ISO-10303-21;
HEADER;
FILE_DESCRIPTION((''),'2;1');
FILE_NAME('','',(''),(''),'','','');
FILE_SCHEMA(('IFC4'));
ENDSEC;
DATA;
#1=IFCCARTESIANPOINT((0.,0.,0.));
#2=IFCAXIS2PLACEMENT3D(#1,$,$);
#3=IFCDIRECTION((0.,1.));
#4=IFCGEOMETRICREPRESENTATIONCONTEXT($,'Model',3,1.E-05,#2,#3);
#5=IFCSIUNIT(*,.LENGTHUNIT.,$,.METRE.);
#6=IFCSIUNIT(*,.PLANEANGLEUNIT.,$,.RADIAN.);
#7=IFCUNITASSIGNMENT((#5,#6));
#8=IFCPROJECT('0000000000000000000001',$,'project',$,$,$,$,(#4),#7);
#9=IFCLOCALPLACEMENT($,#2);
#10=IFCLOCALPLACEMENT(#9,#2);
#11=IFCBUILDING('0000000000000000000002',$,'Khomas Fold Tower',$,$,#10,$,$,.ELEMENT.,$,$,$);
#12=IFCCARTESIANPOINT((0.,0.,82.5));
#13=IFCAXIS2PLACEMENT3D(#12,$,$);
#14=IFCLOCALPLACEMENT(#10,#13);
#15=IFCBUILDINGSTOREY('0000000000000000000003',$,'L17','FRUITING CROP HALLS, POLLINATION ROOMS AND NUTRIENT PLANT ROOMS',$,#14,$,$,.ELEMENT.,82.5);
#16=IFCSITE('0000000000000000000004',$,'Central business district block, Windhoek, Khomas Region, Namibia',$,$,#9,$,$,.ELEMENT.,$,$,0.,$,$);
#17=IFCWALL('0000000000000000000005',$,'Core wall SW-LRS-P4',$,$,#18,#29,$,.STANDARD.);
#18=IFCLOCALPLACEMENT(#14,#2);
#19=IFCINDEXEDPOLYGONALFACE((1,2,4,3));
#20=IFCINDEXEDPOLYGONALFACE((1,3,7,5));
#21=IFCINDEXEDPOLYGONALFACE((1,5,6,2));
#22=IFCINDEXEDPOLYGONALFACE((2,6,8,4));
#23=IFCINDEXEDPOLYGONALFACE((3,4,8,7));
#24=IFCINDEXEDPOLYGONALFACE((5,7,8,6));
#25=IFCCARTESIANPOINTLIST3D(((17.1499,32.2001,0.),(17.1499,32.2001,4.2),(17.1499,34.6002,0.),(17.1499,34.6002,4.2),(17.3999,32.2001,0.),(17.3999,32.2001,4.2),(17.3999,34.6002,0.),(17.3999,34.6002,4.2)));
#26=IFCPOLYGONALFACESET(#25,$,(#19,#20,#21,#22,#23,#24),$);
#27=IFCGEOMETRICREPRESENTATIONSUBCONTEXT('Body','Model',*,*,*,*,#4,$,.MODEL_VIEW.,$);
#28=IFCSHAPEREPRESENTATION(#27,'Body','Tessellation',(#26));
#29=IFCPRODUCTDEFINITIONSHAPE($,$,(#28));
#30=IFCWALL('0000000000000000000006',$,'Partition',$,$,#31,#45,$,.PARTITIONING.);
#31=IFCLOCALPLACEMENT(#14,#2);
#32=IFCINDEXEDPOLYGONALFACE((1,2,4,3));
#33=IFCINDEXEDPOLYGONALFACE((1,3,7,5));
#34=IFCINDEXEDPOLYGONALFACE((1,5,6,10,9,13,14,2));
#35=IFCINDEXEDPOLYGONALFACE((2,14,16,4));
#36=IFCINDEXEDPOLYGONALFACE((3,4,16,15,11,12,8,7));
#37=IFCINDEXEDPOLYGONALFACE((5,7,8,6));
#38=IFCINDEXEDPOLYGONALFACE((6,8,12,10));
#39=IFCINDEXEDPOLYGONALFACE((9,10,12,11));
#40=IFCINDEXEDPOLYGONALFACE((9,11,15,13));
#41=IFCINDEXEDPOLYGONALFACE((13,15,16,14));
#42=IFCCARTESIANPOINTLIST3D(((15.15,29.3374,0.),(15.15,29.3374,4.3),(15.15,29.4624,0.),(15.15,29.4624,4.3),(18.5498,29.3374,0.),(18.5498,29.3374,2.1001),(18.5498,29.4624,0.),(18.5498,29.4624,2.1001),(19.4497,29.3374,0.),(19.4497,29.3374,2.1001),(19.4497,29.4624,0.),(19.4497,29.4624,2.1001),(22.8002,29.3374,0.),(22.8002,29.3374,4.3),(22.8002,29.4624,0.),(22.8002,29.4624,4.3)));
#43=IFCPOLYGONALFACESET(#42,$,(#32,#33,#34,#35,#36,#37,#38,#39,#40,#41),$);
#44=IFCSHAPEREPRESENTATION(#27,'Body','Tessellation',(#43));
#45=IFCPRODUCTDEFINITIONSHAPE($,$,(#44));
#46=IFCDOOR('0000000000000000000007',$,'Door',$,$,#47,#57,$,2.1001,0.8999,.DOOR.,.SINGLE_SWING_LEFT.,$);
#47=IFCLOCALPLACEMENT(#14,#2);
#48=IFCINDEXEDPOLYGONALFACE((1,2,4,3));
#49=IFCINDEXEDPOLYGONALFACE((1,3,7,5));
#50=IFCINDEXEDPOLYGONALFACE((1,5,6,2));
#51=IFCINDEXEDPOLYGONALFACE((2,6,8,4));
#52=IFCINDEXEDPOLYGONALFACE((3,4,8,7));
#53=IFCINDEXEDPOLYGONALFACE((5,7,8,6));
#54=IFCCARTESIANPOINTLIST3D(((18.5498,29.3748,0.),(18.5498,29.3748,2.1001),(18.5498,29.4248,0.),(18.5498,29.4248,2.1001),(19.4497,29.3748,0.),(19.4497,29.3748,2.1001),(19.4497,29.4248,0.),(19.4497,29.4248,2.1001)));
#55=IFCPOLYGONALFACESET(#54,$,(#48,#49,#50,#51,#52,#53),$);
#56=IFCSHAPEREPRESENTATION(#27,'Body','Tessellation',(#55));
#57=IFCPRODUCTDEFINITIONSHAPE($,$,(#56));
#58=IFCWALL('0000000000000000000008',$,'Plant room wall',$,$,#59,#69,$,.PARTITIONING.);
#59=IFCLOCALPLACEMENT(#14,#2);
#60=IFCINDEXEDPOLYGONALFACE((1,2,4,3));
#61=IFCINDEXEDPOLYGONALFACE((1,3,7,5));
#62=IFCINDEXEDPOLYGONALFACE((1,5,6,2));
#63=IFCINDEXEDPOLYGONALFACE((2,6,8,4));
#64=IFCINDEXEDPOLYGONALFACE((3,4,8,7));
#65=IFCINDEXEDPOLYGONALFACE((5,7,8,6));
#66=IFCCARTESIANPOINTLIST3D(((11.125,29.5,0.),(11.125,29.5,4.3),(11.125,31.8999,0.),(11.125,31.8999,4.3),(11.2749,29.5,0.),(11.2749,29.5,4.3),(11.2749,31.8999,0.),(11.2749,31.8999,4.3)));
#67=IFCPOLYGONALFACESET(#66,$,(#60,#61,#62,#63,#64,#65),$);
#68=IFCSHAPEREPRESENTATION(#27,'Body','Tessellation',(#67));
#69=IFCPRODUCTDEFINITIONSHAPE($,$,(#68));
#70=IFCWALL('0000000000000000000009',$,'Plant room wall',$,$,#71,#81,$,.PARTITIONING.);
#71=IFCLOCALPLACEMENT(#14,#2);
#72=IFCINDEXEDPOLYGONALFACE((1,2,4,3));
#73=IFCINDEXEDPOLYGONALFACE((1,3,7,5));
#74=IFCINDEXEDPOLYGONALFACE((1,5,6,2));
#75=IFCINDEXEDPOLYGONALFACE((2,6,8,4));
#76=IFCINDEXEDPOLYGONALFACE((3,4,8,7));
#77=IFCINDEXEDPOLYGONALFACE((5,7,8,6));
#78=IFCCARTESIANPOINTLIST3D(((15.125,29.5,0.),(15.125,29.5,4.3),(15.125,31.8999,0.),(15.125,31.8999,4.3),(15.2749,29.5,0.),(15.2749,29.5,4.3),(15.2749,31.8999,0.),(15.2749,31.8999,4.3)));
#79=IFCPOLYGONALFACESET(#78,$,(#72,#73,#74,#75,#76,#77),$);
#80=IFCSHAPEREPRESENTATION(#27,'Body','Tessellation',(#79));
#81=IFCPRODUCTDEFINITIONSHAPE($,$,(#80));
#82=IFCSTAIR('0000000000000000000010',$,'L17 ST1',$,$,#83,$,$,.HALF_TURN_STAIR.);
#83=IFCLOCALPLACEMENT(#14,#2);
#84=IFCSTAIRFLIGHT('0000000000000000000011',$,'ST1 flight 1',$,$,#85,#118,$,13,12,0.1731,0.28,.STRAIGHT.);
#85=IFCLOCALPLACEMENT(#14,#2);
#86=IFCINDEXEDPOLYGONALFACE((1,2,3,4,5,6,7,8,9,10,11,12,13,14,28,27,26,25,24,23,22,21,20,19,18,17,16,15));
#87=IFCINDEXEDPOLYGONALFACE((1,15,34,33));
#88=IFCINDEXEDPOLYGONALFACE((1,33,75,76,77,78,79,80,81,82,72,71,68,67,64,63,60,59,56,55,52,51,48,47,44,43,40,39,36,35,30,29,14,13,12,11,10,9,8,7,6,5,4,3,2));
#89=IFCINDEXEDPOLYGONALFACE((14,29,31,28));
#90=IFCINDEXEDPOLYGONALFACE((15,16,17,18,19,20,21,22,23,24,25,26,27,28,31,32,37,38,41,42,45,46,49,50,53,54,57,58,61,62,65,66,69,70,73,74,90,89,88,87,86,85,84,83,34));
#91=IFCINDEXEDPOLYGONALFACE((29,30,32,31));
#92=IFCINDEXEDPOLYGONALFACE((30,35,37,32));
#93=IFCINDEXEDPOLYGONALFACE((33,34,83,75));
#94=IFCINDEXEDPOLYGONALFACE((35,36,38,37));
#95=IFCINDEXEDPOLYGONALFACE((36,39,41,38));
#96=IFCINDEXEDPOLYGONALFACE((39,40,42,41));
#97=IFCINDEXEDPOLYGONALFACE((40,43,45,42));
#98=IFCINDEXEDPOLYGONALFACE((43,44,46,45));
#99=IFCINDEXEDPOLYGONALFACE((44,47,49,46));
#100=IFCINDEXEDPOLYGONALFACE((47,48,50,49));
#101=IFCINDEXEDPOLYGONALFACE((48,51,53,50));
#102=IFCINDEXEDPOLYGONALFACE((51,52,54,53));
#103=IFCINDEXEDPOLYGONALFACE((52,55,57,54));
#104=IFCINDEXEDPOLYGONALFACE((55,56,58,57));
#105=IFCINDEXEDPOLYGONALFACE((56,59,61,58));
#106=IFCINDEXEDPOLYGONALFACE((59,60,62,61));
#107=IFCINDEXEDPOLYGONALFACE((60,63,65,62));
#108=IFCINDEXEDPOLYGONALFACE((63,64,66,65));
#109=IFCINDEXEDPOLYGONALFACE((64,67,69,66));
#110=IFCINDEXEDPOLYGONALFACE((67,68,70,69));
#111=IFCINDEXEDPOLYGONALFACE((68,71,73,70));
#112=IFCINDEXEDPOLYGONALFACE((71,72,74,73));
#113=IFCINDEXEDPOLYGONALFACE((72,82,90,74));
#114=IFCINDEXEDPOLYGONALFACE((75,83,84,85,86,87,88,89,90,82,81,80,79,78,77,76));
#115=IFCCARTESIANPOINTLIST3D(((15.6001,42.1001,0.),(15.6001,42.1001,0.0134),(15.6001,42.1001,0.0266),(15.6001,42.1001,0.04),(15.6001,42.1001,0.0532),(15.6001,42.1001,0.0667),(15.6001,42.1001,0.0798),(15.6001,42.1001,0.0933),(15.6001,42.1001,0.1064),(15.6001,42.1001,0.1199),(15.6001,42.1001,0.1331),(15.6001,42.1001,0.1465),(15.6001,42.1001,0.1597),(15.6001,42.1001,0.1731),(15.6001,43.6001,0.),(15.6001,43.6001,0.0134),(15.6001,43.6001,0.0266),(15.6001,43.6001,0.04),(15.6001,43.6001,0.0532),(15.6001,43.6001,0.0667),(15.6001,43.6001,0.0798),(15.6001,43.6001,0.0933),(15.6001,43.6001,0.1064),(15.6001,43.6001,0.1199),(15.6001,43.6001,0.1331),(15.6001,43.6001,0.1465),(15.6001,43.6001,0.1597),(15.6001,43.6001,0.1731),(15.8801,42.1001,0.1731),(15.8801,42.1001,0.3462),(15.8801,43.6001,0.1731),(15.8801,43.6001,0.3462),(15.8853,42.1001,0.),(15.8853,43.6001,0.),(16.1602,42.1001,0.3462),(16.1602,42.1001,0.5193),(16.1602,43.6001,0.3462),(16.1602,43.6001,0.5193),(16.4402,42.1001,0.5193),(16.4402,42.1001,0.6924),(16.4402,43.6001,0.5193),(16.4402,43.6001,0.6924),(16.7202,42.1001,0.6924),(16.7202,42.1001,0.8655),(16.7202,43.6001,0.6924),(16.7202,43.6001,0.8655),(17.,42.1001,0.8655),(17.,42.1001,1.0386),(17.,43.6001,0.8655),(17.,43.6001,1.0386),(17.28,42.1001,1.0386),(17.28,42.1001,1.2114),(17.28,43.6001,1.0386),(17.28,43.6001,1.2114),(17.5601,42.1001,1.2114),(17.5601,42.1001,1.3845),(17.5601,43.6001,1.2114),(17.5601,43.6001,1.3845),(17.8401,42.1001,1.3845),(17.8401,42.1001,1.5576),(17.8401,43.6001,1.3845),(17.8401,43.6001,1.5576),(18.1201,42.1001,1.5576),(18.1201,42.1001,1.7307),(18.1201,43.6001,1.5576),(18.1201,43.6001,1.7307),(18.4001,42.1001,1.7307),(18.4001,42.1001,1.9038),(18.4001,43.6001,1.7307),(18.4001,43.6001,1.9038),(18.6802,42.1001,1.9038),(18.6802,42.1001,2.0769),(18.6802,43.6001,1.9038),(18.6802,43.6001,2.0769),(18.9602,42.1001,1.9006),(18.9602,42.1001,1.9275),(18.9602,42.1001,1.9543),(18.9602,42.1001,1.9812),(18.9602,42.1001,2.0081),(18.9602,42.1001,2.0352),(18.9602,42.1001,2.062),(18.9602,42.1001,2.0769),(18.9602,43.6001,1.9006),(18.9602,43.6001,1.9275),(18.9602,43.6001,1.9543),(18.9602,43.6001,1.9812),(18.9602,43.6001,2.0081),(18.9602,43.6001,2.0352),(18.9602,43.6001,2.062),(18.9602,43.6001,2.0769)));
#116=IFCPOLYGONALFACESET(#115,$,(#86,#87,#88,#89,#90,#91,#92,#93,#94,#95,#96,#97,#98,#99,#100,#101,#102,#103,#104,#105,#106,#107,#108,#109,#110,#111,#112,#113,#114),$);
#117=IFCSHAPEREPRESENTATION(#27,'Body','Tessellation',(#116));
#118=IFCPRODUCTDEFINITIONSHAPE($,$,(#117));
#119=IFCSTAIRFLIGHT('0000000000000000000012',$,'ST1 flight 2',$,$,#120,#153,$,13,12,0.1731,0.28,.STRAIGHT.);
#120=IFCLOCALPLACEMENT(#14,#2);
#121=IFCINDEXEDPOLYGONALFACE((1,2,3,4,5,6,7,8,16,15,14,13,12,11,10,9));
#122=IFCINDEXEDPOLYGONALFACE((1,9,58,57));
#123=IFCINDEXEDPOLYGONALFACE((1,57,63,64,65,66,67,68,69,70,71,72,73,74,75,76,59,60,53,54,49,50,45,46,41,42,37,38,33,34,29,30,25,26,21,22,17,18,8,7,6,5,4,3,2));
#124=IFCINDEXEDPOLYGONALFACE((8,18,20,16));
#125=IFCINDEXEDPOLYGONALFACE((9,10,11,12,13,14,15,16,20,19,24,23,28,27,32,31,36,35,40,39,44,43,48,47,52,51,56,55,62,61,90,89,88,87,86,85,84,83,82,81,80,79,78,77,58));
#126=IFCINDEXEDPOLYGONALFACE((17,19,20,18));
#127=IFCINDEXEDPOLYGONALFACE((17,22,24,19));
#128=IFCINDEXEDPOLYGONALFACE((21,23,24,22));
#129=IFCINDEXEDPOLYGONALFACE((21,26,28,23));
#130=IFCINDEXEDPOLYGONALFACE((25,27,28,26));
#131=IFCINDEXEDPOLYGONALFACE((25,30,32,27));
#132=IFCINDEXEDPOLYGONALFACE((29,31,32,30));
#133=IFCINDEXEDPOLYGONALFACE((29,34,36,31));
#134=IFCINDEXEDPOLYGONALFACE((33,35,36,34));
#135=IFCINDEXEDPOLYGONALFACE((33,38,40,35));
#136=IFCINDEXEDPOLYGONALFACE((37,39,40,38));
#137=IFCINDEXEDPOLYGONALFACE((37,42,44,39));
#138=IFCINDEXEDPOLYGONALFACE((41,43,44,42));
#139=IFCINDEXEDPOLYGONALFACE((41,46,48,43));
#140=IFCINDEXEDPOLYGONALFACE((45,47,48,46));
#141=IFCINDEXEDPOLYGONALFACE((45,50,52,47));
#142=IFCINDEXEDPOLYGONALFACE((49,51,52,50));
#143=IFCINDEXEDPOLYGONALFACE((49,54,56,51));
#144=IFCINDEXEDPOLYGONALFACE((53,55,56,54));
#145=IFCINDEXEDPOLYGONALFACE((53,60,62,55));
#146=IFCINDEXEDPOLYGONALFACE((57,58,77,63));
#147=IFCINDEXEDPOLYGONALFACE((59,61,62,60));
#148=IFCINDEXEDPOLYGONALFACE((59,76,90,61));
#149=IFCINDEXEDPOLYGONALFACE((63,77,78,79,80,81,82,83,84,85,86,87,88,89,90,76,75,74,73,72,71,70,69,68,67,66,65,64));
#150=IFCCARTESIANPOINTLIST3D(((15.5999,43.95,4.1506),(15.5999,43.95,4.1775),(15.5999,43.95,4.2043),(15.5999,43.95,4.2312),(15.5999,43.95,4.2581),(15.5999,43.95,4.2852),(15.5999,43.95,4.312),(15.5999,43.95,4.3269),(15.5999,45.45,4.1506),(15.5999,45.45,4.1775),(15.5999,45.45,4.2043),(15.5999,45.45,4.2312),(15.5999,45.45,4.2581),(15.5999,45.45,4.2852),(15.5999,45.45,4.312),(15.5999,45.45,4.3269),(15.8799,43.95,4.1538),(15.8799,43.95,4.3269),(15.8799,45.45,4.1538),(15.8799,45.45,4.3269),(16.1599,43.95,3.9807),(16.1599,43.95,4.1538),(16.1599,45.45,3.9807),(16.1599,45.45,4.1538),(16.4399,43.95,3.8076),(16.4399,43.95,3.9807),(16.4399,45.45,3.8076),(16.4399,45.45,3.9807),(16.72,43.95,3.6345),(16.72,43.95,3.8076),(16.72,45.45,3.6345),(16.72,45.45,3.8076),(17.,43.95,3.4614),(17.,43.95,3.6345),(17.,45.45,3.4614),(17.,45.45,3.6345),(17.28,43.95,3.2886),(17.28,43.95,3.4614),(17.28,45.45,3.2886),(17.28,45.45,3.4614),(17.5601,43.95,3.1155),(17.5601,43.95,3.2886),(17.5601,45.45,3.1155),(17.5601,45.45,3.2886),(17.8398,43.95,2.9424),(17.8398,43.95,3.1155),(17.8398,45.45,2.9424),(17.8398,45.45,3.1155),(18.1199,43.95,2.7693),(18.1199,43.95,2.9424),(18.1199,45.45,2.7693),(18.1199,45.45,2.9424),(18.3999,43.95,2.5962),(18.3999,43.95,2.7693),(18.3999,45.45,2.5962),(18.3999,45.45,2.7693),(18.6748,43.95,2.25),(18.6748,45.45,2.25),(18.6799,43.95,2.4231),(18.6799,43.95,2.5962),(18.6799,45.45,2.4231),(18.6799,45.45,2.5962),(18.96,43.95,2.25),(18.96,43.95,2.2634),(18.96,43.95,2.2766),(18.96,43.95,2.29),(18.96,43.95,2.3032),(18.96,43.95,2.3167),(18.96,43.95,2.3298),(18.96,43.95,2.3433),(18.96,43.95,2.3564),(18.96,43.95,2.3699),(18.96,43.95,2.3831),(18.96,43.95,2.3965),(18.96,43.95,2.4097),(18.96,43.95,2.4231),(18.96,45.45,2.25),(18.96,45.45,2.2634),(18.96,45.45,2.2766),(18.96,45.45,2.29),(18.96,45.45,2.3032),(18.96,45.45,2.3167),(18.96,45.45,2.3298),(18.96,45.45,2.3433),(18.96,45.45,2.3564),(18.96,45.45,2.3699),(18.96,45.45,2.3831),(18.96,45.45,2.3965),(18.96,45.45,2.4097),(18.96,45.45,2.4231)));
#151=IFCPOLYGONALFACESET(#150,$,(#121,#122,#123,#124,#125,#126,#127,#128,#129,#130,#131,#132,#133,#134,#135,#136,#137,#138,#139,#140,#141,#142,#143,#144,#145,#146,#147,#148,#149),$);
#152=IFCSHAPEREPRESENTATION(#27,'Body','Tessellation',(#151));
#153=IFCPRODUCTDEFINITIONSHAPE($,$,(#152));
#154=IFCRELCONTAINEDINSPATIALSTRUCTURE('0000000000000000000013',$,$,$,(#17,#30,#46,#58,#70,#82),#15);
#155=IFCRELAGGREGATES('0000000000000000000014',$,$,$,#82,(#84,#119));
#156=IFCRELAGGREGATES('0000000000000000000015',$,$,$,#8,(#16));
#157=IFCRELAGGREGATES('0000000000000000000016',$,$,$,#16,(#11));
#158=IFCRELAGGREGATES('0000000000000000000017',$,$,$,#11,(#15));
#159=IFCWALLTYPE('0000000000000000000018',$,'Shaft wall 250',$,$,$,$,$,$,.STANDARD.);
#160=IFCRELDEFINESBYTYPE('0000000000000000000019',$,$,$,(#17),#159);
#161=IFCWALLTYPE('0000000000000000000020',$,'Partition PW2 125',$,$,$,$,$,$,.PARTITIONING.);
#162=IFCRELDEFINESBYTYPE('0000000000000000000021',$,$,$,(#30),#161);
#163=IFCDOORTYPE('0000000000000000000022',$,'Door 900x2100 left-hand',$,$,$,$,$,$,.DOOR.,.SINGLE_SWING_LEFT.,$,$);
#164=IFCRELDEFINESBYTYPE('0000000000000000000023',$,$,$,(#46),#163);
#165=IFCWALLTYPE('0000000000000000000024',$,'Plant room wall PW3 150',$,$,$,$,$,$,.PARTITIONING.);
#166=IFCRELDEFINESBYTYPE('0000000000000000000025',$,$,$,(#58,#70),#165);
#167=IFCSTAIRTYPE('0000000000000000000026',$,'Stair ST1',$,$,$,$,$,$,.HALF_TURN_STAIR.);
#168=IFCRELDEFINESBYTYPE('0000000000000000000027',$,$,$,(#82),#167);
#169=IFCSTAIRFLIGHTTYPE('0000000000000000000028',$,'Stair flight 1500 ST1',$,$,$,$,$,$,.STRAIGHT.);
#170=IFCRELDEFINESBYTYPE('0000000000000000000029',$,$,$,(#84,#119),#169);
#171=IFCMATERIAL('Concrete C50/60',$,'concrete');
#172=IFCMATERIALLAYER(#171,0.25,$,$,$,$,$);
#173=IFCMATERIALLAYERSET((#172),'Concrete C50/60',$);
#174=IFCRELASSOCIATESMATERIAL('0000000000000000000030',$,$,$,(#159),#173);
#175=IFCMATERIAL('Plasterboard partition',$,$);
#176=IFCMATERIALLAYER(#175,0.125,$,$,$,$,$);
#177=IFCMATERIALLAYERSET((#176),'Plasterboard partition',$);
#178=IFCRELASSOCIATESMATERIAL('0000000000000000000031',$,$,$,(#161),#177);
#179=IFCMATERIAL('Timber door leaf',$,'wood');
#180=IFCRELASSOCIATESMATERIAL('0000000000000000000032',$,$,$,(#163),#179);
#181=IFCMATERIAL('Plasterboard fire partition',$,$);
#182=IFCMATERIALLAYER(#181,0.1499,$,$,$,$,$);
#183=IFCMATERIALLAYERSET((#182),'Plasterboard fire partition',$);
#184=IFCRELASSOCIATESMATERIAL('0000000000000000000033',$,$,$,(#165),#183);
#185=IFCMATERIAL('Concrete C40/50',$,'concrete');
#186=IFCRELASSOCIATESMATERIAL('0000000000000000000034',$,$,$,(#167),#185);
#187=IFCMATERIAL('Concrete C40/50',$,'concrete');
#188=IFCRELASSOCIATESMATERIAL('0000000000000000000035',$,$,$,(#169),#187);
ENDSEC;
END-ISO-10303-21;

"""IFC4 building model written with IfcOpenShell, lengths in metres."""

from ifc_helpers import new_model, si_unit, direction, frame, frame_2d, origin, place, context, subcontext, project, spatial, polyline, rectangle, outline, extrude, source, transform, mapped, material, layer, layer_set, type_object, element, fill, aggregate, save


model = new_model("IFC4")

# Units and contexts
model_context = context("Model", 3, precision=1e-05, world=origin(), true_north=direction((0.0, 1.0)))
body_context = subcontext(model_context, "Body", "Model", "MODEL_VIEW")
ifc_project = project(units=[si_unit("LENGTHUNIT", "METRE"), si_unit("PLANEANGLEUNIT", "RADIAN")], contexts=[model_context])

# Site, building, storey
site_placement = place(None, origin())
site = spatial("IfcSite", under=ifc_project, at=site_placement, Name="Central business district block, Windhoek, Khomas Region, Namibia", CompositionType="ELEMENT", RefElevation=0.0)
building_placement = place(site_placement, origin())
building = spatial("IfcBuilding", under=site, at=building_placement, Name="Khomas Fold Tower", CompositionType="ELEMENT")
storey_placement = place(building_placement, frame((0.0, 0.0, 82.5)))
storey = spatial("IfcBuildingStorey", under=building, at=storey_placement, Name="L17", Description="FRUITING CROP HALLS, POLLINATION ROOMS AND NUTRIENT PLANT ROOMS", CompositionType="ELEMENT", Elevation=82.5)

# Wall
ifc_material_1 = material(Name="Concrete C50/60", Category="concrete")
ifc_layer_1 = layer(ifc_material_1, 0.25)
ifc_layer_set_1 = layer_set([ifc_layer_1], Name="Concrete C50/60")
wall_type_1 = type_object("IfcWallType", Name="Shaft wall 250", PredefinedType="STANDARD", material=ifc_layer_set_1)
shared_shape_1 = source(origin(), body_context, "Body", "SweptSolid", [
    extrude(rectangle(XDim=2.4001, YDim=0.25, at=frame_2d((1.2002, 0.0))), origin(), (0.0, 0.0, 1.0), 4.2),
])
for number, where, z_axis, x_axis, name in (
    (1, (17.2749, 32.2, 0.0), (0.0, 0.0, 1.0), (0.0, 1.0, 0.0), "Core wall SW-LRS-P4"),
):
    element("IfcWall", number, at=place(storey_placement, frame(where, z_axis=z_axis, x_axis=x_axis)), inside=storey, type_object=wall_type_1, Name=name, PredefinedType="STANDARD", context=body_context, shape_type="MappedRepresentation", body=[
        mapped(shared_shape_1, transform((0.0, 0.0, 0.0))),
    ])

# Wall, opening, door
ifc_material_2 = material(Name="Plasterboard partition")
ifc_layer_2 = layer(ifc_material_2, 0.125)
ifc_layer_set_2 = layer_set([ifc_layer_2], Name="Plasterboard partition")
wall_type_2 = type_object("IfcWallType", Name="Partition PW2 125", PredefinedType="PARTITIONING", material=ifc_layer_set_2)
shared_shape_2 = source(origin(), body_context, "Body", "SweptSolid", [
    extrude(rectangle(XDim=7.6501, YDim=0.125, at=frame_2d((3.8252, 0.0))), origin(), (0.0, 0.0, 1.0), 4.3),
])
wall_1_placement = place(storey_placement, frame((15.1499, 29.3999, 0.0), z_axis=(0.0, 0.0, 1.0), x_axis=(1.0, 0.0, 0.0)))
wall_1 = element("IfcWall", 2, at=wall_1_placement, inside=storey, type_object=wall_type_2, Name="Partition", PredefinedType="PARTITIONING", context=body_context, shape_type="MappedRepresentation", body=[
    mapped(shared_shape_2, transform((0.0, 0.0, 0.0))),
])
shared_shape_3 = source(origin(), body_context, "Body", "SweptSolid", [
    extrude(rectangle(XDim=0.8999, YDim=2.1001, at=frame_2d((0.45, 1.05))), frame((0.0, 0.0725, 0.0), z_axis=(0.0, -1.0, 0.0), x_axis=(1.0, 0.0, 0.0)), (0.0, 0.0, 1.0), 0.145),
])
opening_1_placement = place(wall_1_placement, frame((3.3999, 0.0, 0.0)))
opening_1 = element("IfcOpeningElement", 3, at=opening_1_placement, cuts=wall_1, PredefinedType="OPENING", context=body_context, shape_type="MappedRepresentation", body=[
    mapped(shared_shape_3, transform((0.0, 0.0, 0.0))),
])
ifc_material_3 = material(Name="Timber door leaf", Category="wood")
door_type_1 = type_object("IfcDoorType", Name="Door 900x2100 left-hand", OperationType="SINGLE_SWING_LEFT", PredefinedType="DOOR", material=ifc_material_3)
shared_shape_4 = source(origin(), body_context, "Body", "SweptSolid", [
    extrude(rectangle(XDim=0.8999, YDim=2.1001, at=frame_2d((0.45, 1.05))), frame((0.0, 0.0249, 0.0), z_axis=(0.0, -1.0, 0.0), x_axis=(1.0, 0.0, 0.0)), (0.0, 0.0, 1.0), 0.05),
])
door_1_placement = place(opening_1_placement, origin())
door_1 = element("IfcDoor", 4, at=door_1_placement, inside=storey, type_object=door_type_1, Name="Door", OperationType="SINGLE_SWING_LEFT", OverallHeight=2.1001, OverallWidth=0.8999, PredefinedType="DOOR", context=body_context, shape_type="MappedRepresentation", body=[
    mapped(shared_shape_4, transform((0.0, 0.0, 0.0))),
])
fill(opening_1, door_1)

# Walls
ifc_material_4 = material(Name="Plasterboard fire partition")
ifc_layer_3 = layer(ifc_material_4, 0.1499)
ifc_layer_set_3 = layer_set([ifc_layer_3], Name="Plasterboard fire partition")
wall_type_3 = type_object("IfcWallType", Name="Plant room wall PW3 150", PredefinedType="PARTITIONING", material=ifc_layer_set_3)
shared_shape_5 = source(origin(), body_context, "Body", "SweptSolid", [
    extrude(rectangle(XDim=2.3999, YDim=0.1499, at=frame_2d((1.2, 0.0))), origin(), (0.0, 0.0, 1.0), 4.3),
])
for number, where, z_axis, x_axis, name in (
    (5, (11.2, 29.5, 0.0), (0.0, 0.0, 1.0), (0.0, 1.0, 0.0), "Plant room wall"),
    (6, (15.2, 29.5, 0.0), (0.0, 0.0, 1.0), (0.0, 1.0, 0.0), "Plant room wall"),
):
    element("IfcWall", number, at=place(storey_placement, frame(where, z_axis=z_axis, x_axis=x_axis)), inside=storey, type_object=wall_type_3, Name=name, PredefinedType="PARTITIONING", context=body_context, shape_type="MappedRepresentation", body=[
        mapped(shared_shape_5, transform((0.0, 0.0, 0.0))),
    ])

# Stair, stair flights
ifc_material_5 = material(Name="Concrete C40/50", Category="concrete")
stair_type = type_object("IfcStairType", Name="Stair ST1", PredefinedType="HALF_TURN_STAIR", material=ifc_material_5)
stair_placement = place(storey_placement, origin())
stair = element("IfcStair", 7, at=stair_placement, inside=storey, type_object=stair_type, Name="L17 ST1", PredefinedType="HALF_TURN_STAIR")
ifc_material_6 = material(Name="Concrete C40/50", Category="concrete")
stair_flight_type = type_object("IfcStairFlightType", Name="Stair flight 1500 ST1", PredefinedType="STRAIGHT", material=ifc_material_6)
shared_shape_6 = source(origin(), body_context, "Body", "SweptSolid", [
    extrude(outline(polyline([(0.0, 0.0), (0.0, 0.0134), (0.0, 0.0266), (0.0, 0.04), (0.0, 0.0532), (0.0, 0.0667), (0.0, 0.0798), (0.0, 0.0933), (0.0, 0.1064), (0.0, 0.1199), (0.0, 0.1331), (0.0, 0.1465), (0.0, 0.1597), (0.0, 0.1731), (0.28, 0.1731), (0.28, 0.3462), (0.5601, 0.3462), (0.5601, 0.5193), (0.8401, 0.5193), (0.8401, 0.6924), (1.1201, 0.6924), (1.1201, 0.8655), (1.3999, 0.8655), (1.3999, 1.0386), (1.6799, 1.0386), (1.6799, 1.2114), (1.96, 1.2114), (1.96, 1.3845), (2.24, 1.3845), (2.24, 1.5576), (2.52, 1.5576), (2.52, 1.7307), (2.8, 1.7307), (2.8, 1.9038), (3.0801, 1.9038), (3.0801, 2.0769), (3.3601, 2.0769), (3.3601, 2.25), (3.3601, 2.2231), (3.3601, 2.1963), (3.3601, 2.1694), (3.3601, 2.1426), (3.3601, 2.1157), (3.3601, 2.0889), (3.3601, 2.062), (3.3601, 2.0352), (3.3601, 2.0081), (3.3601, 1.9812), (3.3601, 1.9543), (3.3601, 1.9275), (3.3601, 1.9006), (0.2852, 0.0), (0.0, 0.0)])), frame((0.0, 0.75, 0.0), z_axis=(0.0, -1.0, 0.0), x_axis=(1.0, 0.0, 0.0)), (0.0, 0.0, 1.0), 1.5),
])
stair_flight_1_placement = place(storey_placement, frame((15.6001, 42.8501, 0.0), z_axis=(0.0, 0.0, 1.0), x_axis=(1.0, 0.0, 0.0)))
stair_flight_1 = element("IfcStairFlight", 8, at=stair_flight_1_placement, type_object=stair_flight_type, Name="ST1 flight 1", NumberOfRisers=13, NumberOfTreads=12, PredefinedType="STRAIGHT", RiserHeight=0.1731, TreadLength=0.28, context=body_context, shape_type="MappedRepresentation", body=[
    mapped(shared_shape_6, transform((0.0, 0.0, 0.0))),
])
stair_flight_2_placement = place(storey_placement, frame((18.96, 44.7, 2.25), z_axis=(0.0, 0.0, 1.0), x_axis=(-1.0, 0.0, 0.0)))
stair_flight_2 = element("IfcStairFlight", 9, at=stair_flight_2_placement, type_object=stair_flight_type, Name="ST1 flight 2", NumberOfRisers=13, NumberOfTreads=12, PredefinedType="STRAIGHT", RiserHeight=0.1731, TreadLength=0.28, context=body_context, shape_type="MappedRepresentation", body=[
    mapped(shared_shape_6, transform((0.0, 0.0, 0.0))),
])
aggregate(stair, [stair_flight_1, stair_flight_2])

save(model, "model.ifc")
